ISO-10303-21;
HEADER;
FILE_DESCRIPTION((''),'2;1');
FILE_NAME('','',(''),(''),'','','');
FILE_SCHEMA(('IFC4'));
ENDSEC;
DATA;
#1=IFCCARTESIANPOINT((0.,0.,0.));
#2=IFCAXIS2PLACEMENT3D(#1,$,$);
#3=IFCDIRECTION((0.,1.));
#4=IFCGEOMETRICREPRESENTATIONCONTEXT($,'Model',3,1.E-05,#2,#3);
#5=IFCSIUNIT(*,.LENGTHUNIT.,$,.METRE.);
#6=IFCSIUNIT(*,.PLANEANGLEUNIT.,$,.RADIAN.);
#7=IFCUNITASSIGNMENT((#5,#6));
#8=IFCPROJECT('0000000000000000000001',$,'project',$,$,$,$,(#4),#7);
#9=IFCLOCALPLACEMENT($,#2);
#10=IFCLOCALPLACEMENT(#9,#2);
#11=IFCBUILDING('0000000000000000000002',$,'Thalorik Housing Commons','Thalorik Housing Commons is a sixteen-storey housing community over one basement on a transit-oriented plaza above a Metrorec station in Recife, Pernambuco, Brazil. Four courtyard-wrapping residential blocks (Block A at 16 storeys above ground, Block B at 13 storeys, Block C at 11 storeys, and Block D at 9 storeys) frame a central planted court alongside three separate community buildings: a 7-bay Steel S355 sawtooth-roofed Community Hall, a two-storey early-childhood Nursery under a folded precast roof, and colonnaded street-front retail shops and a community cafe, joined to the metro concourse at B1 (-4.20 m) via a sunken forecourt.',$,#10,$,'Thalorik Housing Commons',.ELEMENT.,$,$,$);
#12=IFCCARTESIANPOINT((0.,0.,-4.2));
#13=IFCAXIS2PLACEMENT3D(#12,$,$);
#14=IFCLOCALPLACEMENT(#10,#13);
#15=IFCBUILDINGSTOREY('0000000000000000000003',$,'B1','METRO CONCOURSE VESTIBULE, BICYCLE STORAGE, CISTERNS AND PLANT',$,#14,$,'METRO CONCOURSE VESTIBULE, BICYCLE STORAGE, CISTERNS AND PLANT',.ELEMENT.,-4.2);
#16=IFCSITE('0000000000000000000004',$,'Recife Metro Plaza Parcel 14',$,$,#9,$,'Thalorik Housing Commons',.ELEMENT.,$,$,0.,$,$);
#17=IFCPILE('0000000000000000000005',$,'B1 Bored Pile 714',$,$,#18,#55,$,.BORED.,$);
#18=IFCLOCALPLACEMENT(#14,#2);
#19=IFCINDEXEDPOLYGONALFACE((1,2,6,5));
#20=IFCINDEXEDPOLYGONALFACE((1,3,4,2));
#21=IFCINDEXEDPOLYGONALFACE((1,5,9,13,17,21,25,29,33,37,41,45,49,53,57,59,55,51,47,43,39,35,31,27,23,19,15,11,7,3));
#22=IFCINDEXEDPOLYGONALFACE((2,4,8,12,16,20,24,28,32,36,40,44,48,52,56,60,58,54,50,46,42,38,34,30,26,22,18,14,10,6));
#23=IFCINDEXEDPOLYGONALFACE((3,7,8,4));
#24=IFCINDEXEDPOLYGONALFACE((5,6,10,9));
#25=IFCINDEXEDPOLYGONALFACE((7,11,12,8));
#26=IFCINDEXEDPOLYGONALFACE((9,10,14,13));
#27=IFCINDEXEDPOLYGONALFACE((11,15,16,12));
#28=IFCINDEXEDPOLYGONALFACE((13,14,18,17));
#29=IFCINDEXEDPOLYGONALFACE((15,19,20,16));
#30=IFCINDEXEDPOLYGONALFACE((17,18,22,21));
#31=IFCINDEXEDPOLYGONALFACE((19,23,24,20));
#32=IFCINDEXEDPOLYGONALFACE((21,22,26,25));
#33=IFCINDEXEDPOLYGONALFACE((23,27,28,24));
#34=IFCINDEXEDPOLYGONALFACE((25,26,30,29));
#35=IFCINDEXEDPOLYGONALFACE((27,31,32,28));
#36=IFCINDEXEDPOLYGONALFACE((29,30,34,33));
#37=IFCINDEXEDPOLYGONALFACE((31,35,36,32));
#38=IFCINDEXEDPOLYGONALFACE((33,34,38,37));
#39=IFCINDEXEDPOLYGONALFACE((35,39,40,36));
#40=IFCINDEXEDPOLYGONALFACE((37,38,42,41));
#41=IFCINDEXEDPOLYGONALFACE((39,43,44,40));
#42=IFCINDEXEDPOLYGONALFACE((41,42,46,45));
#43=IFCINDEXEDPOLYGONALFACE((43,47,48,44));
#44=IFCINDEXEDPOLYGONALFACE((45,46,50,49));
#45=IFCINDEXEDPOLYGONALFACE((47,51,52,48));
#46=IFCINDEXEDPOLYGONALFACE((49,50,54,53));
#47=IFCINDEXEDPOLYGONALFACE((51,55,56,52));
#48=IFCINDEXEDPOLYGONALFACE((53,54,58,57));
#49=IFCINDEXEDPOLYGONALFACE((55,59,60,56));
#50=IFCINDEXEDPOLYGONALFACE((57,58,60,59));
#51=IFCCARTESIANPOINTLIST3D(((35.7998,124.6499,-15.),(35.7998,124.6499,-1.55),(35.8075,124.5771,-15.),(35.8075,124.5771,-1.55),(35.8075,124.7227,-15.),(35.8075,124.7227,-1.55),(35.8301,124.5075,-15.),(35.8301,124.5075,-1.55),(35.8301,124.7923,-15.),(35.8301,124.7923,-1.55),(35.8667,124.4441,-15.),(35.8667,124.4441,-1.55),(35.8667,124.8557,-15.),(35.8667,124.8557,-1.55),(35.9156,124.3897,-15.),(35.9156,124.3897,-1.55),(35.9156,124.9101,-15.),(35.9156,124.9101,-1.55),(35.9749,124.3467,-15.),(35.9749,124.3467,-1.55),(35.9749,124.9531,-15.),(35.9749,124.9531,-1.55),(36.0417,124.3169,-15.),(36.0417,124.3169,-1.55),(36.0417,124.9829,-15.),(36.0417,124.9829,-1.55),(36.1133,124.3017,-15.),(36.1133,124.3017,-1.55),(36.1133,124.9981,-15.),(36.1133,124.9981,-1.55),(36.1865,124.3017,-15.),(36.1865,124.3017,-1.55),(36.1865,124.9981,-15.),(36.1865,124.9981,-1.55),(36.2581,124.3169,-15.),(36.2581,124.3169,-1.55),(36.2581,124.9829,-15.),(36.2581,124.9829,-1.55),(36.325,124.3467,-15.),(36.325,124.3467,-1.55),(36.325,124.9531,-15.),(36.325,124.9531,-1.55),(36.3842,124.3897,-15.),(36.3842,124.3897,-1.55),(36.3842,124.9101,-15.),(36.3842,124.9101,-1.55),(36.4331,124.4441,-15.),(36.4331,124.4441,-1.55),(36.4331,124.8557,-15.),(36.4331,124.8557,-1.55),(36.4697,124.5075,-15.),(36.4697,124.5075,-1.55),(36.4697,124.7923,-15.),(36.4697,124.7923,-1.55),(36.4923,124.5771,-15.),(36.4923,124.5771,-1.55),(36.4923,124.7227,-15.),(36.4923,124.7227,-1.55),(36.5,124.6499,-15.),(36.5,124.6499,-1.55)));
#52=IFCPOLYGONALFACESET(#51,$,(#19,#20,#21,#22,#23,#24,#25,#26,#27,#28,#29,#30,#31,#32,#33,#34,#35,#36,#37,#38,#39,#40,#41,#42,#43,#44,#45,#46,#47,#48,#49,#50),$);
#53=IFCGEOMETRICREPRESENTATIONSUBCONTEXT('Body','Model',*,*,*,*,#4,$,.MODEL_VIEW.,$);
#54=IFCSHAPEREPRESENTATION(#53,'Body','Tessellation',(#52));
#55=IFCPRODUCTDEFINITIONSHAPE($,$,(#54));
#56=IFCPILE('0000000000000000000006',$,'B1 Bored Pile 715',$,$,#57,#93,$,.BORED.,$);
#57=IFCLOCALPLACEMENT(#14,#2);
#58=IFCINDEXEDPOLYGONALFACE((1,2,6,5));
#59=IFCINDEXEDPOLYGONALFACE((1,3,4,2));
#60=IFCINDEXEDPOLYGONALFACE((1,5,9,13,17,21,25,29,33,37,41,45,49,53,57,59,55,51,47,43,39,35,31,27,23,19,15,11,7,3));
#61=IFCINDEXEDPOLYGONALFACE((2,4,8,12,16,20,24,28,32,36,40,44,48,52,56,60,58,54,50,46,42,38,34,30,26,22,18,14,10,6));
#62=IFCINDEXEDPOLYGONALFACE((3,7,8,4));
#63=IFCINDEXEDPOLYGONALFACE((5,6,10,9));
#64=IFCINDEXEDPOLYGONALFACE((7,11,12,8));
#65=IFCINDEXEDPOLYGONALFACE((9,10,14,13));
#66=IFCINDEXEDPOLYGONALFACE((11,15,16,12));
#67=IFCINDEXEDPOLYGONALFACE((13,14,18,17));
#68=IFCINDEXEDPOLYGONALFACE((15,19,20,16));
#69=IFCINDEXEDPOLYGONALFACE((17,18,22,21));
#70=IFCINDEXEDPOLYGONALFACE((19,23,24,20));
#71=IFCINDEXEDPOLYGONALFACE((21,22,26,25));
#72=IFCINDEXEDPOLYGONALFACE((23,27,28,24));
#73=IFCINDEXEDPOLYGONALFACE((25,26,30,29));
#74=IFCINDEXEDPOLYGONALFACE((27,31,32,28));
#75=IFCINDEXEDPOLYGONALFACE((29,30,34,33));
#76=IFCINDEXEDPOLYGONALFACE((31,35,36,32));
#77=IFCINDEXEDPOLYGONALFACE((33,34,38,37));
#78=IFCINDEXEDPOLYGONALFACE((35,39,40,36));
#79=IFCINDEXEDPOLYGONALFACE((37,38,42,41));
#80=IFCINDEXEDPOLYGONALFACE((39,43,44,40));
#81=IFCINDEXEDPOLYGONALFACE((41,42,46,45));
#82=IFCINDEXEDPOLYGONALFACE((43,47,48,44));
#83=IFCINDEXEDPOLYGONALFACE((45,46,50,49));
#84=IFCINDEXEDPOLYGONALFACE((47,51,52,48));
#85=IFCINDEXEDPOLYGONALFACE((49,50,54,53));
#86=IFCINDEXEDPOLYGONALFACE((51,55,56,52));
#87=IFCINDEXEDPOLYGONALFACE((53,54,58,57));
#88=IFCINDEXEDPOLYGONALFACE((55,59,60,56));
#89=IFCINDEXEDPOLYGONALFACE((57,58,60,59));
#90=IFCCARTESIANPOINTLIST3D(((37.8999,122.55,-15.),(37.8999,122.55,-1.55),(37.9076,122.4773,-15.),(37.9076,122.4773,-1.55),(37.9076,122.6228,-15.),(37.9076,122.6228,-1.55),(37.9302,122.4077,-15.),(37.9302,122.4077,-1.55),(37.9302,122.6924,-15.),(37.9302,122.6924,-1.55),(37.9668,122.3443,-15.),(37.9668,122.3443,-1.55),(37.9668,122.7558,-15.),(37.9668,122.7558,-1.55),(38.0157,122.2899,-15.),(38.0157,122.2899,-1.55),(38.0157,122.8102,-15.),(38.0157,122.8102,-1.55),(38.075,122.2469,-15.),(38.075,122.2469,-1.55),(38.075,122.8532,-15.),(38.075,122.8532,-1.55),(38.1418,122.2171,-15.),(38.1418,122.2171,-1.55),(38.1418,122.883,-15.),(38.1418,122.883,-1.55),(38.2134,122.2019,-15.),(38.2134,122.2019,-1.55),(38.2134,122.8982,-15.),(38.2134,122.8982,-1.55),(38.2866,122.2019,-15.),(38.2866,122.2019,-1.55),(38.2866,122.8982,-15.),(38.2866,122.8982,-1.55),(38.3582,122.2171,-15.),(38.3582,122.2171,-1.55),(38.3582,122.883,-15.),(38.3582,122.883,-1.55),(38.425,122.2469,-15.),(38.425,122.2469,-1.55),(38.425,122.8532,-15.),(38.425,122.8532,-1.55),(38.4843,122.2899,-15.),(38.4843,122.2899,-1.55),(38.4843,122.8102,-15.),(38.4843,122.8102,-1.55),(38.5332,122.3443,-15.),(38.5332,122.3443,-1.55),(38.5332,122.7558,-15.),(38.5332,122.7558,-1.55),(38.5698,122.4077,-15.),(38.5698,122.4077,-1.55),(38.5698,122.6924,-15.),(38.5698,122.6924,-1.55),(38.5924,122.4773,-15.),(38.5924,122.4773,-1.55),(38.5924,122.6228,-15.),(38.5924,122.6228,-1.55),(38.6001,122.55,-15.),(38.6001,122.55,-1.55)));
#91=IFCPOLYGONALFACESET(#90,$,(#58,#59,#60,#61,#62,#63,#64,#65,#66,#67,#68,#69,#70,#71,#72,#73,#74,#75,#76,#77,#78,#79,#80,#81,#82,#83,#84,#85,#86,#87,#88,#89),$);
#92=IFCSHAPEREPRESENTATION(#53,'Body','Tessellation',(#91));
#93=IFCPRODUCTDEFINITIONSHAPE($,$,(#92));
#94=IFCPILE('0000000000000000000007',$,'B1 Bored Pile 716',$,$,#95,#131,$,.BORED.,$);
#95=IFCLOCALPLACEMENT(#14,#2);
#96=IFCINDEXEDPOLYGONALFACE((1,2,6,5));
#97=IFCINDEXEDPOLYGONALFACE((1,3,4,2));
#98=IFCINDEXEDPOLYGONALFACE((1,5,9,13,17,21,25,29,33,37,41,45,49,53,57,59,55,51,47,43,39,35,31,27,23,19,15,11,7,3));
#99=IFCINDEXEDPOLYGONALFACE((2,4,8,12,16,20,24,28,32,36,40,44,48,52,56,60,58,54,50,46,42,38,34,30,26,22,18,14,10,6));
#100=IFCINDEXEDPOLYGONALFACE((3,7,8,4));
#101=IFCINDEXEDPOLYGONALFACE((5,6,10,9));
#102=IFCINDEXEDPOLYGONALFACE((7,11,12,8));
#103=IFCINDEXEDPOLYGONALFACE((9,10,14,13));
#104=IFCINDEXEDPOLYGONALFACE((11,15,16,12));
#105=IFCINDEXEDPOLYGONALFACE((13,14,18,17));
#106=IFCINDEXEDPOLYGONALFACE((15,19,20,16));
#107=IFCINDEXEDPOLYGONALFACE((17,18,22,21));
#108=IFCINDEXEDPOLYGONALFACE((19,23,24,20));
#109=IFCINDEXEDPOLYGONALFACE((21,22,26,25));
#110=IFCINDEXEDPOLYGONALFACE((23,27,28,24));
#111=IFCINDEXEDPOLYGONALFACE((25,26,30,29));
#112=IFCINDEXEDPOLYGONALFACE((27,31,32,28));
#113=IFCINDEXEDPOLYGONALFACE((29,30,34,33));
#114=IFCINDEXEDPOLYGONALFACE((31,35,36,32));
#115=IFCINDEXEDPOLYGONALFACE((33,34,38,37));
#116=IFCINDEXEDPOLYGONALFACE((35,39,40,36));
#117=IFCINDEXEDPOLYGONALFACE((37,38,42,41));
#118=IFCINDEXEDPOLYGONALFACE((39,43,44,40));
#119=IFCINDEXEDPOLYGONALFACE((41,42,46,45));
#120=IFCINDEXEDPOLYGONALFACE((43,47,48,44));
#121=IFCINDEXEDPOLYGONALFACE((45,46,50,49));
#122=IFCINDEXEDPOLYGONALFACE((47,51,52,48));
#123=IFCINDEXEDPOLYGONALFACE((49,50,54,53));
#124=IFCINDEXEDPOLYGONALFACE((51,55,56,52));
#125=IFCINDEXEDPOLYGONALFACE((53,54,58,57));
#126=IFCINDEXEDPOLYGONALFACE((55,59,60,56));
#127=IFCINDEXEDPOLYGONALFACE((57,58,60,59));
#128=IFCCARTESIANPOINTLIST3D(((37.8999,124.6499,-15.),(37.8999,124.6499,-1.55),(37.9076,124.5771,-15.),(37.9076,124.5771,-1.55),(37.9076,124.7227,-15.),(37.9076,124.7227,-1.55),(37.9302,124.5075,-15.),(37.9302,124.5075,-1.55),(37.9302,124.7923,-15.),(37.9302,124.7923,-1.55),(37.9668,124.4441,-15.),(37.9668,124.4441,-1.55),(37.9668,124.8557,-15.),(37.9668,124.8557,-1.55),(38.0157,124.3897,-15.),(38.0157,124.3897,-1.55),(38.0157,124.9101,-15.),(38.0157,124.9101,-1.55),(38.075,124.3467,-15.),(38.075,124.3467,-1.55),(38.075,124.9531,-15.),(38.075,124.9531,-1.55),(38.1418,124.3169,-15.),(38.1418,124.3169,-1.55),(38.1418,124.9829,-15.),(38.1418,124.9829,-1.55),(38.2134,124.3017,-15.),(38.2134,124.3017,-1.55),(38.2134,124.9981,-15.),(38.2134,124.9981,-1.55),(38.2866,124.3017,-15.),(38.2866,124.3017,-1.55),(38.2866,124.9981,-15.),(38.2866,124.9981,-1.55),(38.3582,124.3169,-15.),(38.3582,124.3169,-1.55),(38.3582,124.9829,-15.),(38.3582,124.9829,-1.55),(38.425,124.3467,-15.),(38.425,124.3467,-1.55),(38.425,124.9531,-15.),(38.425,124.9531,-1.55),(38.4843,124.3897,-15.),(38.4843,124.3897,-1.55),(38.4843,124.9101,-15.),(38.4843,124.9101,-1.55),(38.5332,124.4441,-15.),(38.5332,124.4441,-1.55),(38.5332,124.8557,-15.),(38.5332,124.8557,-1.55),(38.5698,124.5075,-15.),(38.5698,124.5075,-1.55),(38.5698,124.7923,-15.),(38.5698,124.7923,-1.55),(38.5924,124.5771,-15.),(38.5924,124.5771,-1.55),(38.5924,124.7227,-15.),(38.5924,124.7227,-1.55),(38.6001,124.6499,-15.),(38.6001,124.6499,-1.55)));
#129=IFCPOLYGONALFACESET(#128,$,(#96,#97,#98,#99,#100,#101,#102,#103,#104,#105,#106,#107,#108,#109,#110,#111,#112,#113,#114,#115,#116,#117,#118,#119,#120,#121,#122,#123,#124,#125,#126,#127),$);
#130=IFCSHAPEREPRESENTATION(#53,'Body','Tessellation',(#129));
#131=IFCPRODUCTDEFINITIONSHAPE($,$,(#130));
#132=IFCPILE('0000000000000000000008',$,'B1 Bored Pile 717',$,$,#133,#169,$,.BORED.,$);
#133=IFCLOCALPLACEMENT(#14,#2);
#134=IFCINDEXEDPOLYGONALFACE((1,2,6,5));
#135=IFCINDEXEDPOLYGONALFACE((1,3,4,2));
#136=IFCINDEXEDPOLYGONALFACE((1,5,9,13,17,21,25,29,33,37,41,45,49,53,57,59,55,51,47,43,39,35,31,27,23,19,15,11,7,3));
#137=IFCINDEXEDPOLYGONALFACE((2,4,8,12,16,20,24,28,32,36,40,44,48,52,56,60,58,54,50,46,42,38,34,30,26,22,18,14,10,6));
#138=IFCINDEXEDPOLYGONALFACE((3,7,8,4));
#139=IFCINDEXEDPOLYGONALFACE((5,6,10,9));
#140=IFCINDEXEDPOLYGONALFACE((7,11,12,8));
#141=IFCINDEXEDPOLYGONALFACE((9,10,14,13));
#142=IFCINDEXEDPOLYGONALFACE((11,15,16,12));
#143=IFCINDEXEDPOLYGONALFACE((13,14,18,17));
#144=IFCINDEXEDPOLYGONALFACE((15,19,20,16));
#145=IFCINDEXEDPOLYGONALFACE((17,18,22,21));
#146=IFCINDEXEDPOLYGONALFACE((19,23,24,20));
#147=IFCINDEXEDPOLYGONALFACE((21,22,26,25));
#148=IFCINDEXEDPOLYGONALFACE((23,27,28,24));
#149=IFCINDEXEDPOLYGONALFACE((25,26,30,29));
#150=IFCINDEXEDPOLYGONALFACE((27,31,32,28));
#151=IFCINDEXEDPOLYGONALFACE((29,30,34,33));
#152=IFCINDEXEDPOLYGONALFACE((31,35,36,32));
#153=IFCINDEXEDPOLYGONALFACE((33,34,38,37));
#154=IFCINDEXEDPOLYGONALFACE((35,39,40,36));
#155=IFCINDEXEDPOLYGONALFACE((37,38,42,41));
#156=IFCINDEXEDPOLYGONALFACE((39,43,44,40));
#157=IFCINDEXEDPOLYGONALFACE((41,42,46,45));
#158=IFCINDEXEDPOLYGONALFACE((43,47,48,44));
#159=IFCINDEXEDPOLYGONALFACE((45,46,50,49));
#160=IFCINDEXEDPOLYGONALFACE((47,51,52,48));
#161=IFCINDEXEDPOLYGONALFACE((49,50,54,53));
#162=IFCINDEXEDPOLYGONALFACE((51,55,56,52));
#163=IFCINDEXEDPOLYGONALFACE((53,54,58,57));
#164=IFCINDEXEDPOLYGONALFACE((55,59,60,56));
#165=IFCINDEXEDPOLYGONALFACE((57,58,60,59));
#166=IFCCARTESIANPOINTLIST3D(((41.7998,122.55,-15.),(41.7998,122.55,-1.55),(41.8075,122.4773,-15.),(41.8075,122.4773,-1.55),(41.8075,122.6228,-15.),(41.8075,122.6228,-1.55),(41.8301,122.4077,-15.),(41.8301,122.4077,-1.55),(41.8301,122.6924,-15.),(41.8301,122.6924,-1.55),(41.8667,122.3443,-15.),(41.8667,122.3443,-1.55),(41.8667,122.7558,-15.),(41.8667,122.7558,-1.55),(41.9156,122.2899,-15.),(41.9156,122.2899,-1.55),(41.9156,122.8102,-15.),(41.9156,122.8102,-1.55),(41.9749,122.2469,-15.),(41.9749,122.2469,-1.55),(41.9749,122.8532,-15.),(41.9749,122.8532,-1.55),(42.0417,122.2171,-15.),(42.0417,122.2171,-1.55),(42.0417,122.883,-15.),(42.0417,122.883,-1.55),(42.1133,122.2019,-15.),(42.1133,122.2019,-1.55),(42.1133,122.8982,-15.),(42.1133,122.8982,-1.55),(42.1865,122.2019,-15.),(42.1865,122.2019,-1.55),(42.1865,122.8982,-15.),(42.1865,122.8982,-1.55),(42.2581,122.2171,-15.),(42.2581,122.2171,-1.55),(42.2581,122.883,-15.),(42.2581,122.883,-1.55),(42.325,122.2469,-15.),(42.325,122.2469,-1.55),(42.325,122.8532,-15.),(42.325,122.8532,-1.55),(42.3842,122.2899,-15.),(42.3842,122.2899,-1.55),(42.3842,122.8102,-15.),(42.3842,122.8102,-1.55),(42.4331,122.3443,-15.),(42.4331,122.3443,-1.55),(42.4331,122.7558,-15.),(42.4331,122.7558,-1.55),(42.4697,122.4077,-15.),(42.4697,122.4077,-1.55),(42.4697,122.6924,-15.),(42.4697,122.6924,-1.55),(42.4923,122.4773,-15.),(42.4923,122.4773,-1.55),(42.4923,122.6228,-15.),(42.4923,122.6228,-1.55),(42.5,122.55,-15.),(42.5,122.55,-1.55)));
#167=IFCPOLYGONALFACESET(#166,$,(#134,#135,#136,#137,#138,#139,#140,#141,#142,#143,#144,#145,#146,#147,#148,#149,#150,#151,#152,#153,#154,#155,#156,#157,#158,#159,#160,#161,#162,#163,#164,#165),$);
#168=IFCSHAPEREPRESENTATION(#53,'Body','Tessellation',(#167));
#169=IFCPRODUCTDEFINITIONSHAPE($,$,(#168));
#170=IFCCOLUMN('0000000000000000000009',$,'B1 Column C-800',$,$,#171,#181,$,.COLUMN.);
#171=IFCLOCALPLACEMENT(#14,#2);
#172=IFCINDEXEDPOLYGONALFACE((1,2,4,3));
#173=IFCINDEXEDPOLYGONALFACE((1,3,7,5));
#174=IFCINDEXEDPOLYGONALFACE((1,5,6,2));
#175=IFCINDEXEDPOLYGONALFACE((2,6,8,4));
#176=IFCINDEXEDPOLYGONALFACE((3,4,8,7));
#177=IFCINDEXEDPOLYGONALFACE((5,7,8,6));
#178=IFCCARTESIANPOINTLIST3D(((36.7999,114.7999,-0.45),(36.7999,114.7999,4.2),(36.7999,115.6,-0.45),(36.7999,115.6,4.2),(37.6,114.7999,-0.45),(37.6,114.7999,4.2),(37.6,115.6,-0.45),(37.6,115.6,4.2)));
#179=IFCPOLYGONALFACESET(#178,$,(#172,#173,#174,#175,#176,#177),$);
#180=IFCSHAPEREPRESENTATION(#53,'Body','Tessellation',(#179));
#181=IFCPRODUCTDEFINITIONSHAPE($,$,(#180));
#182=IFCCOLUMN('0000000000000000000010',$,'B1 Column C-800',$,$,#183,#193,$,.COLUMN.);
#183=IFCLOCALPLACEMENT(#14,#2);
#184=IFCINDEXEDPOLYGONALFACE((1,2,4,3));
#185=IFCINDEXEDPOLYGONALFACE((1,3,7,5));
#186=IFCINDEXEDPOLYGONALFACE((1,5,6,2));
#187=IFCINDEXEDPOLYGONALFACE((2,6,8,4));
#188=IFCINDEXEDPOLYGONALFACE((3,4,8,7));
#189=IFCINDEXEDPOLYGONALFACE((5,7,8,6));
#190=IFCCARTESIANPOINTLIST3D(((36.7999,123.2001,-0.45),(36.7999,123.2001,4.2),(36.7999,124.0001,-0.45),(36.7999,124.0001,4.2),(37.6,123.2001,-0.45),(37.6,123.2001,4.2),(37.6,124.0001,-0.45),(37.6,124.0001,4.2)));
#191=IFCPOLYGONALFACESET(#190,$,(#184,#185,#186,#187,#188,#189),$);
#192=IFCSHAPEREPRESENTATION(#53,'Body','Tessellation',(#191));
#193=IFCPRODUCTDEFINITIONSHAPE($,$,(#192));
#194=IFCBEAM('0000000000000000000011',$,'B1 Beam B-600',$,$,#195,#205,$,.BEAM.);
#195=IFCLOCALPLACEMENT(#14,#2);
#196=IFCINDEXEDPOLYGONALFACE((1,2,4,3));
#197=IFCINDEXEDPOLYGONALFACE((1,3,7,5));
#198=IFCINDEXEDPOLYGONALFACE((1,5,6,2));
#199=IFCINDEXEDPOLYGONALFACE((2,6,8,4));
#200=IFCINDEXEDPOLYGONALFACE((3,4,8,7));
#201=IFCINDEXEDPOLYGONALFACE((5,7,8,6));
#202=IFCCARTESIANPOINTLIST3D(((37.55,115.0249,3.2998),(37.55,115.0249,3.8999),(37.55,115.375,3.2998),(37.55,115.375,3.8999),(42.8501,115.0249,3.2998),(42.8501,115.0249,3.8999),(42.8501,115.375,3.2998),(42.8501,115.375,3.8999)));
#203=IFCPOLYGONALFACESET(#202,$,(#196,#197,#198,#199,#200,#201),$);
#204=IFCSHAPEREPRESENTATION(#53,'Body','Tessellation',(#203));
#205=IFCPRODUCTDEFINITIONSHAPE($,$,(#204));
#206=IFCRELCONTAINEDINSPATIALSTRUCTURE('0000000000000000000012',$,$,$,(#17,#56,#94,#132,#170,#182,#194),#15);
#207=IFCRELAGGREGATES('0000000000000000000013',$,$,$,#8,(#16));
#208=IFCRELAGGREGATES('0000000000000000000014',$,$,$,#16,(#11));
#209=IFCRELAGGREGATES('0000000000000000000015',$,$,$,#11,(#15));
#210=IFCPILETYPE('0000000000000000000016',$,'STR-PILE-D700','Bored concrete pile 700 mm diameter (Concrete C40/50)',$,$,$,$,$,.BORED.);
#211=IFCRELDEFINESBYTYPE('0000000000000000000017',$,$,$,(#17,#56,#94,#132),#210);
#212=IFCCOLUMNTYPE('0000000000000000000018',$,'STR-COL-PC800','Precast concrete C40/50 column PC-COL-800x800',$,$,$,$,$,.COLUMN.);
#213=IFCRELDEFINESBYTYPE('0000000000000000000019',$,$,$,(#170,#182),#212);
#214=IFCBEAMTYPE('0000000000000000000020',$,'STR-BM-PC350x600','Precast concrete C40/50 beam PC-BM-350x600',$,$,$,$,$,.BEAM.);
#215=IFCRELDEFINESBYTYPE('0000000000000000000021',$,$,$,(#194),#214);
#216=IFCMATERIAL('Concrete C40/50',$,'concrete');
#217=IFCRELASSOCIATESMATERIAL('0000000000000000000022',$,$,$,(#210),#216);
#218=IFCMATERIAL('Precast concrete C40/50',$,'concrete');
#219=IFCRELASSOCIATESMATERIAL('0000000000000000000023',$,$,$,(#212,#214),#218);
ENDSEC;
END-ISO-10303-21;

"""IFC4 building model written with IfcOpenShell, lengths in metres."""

from ifc_helpers import new_model, si_unit, direction, frame, origin, origin_2d, place, context, subcontext, project, spatial, rectangle, circle, extrude, material, material_profile, profile_set, type_object, element, save


model = new_model("IFC4")

# Units and contexts
model_context = context("Model", 3, precision=1e-05, world=origin(), true_north=direction((0.0, 1.0)))
body_context = subcontext(model_context, "Body", "Model", "MODEL_VIEW")
ifc_project = project(units=[si_unit("LENGTHUNIT", "METRE"), si_unit("PLANEANGLEUNIT", "RADIAN")], contexts=[model_context])

# Site, building, storey
site_placement = place(None, origin())
site = spatial("IfcSite", under=ifc_project, at=site_placement, Name="Recife Metro Plaza Parcel 14", LongName="Thalorik Housing Commons", CompositionType="ELEMENT", RefElevation=0.0)
building_placement = place(site_placement, origin())
building = spatial("IfcBuilding", under=site, at=building_placement, Name="Thalorik Housing Commons", Description="Thalorik Housing Commons is a sixteen-storey housing community over one basement on a transit-oriented plaza above a Metrorec station in Recife, Pernambuco, Brazil. Four courtyard-wrapping residential blocks (Block A at 16 storeys above ground, Block B at 13 storeys, Block C at 11 storeys, and Block D at 9 storeys) frame a central planted court alongside three separate community buildings: a 7-bay Steel S355 sawtooth-roofed Community Hall, a two-storey early-childhood Nursery under a folded precast roof, and colonnaded street-front retail shops and a community cafe, joined to the metro concourse at B1 (-4.20 m) via a sunken forecourt.", LongName="Thalorik Housing Commons", CompositionType="ELEMENT")
storey_placement = place(building_placement, frame((0.0, 0.0, -4.2)))
storey = spatial("IfcBuildingStorey", under=building, at=storey_placement, Name="B1", Description="METRO CONCOURSE VESTIBULE, BICYCLE STORAGE, CISTERNS AND PLANT", LongName="METRO CONCOURSE VESTIBULE, BICYCLE STORAGE, CISTERNS AND PLANT", CompositionType="ELEMENT", Elevation=-4.2)

# Shared definitions
ifc_material_1 = material(Name="Concrete C40/50", Category="concrete")

# Piles
ifc_material_profile_1 = material_profile(ifc_material_1, circle(Radius=0.3501, at=origin_2d()), Name="BORED PILE D700", Category="concrete")
ifc_profile_set_1 = profile_set([ifc_material_profile_1], Name="Concrete C40/50")
pile_type = type_object("IfcPileType", Name="STR-PILE-D700", Description="Bored concrete pile 700 mm diameter (Concrete C40/50)", PredefinedType="BORED", material=ifc_profile_set_1)
for number, where, z_axis, x_axis, name in (
    (1, (36.1499, 124.6499, -1.55), (0.0, 0.0, -1.0), (1.0, 0.0, 0.0), "B1 Bored Pile 714"),
    (2, (38.25, 122.55, -1.55), (0.0, 0.0, -1.0), (1.0, 0.0, 0.0), "B1 Bored Pile 715"),
    (3, (38.25, 124.6499, -1.55), (0.0, 0.0, -1.0), (1.0, 0.0, 0.0), "B1 Bored Pile 716"),
    (4, (42.1499, 122.55, -1.55), (0.0, 0.0, -1.0), (1.0, 0.0, 0.0), "B1 Bored Pile 717"),
):
    element("IfcPile", number, at=place(storey_placement, frame(where, z_axis=z_axis, x_axis=x_axis)), inside=storey, type_object=pile_type, Name=name, PredefinedType="BORED", context=body_context, shape_type="SweptSolid", body=[
        extrude(circle(Radius=0.3501, at=origin_2d()), origin(), (0.0, 0.0, 1.0), 13.45),
    ])

# Columns
ifc_material_2 = material(Name="Precast concrete C40/50", Category="concrete")
ifc_material_profile_2 = material_profile(ifc_material_2, rectangle(XDim=0.8, YDim=0.8, at=origin_2d()), Name="PC 800x800", Category="concrete")
ifc_profile_set_2 = profile_set([ifc_material_profile_2], Name="Precast concrete C40/50")
column_type = type_object("IfcColumnType", Name="STR-COL-PC800", Description="Precast concrete C40/50 column PC-COL-800x800", PredefinedType="COLUMN", material=ifc_profile_set_2)
for number, where, z_axis, x_axis, name in (
    (5, (37.2, 115.2, -0.45), (0.0, 0.0, 1.0), (1.0, 0.0, 0.0), "B1 Column C-800"),
    (6, (37.2, 123.6001, -0.45), (0.0, 0.0, 1.0), (1.0, 0.0, 0.0), "B1 Column C-800"),
):
    element("IfcColumn", number, at=place(storey_placement, frame(where, z_axis=z_axis, x_axis=x_axis)), inside=storey, type_object=column_type, Name=name, PredefinedType="COLUMN", context=body_context, shape_type="SweptSolid", body=[
        extrude(rectangle(XDim=0.8, YDim=0.8, at=origin_2d()), origin(), (0.0, 0.0, 1.0), 4.6499),
    ])

# Beam
ifc_material_profile_3 = material_profile(ifc_material_2, rectangle(XDim=0.3501, YDim=0.6001, at=origin_2d()), Name="PC 350x600", Category="concrete")
ifc_profile_set_3 = profile_set([ifc_material_profile_3], Name="Precast concrete C40/50")
beam_type_1 = type_object("IfcBeamType", Name="STR-BM-PC350x600", Description="Precast concrete C40/50 beam PC-BM-350x600", PredefinedType="BEAM", material=ifc_profile_set_3)
for number, where, z_axis, x_axis, name in (
    (7, (37.55, 115.2, 3.5999), (1.0, 0.0, 0.0), (0.0, 1.0, 0.0), "B1 Beam B-600"),
):
    element("IfcBeam", number, at=place(storey_placement, frame(where, z_axis=z_axis, x_axis=x_axis)), inside=storey, type_object=beam_type_1, Name=name, PredefinedType="BEAM", context=body_context, shape_type="SweptSolid", body=[
        extrude(rectangle(XDim=0.3501, YDim=0.6001, at=origin_2d()), origin(), (0.0, 0.0, 1.0), 5.3),
    ])

save(model, "model.ifc")
